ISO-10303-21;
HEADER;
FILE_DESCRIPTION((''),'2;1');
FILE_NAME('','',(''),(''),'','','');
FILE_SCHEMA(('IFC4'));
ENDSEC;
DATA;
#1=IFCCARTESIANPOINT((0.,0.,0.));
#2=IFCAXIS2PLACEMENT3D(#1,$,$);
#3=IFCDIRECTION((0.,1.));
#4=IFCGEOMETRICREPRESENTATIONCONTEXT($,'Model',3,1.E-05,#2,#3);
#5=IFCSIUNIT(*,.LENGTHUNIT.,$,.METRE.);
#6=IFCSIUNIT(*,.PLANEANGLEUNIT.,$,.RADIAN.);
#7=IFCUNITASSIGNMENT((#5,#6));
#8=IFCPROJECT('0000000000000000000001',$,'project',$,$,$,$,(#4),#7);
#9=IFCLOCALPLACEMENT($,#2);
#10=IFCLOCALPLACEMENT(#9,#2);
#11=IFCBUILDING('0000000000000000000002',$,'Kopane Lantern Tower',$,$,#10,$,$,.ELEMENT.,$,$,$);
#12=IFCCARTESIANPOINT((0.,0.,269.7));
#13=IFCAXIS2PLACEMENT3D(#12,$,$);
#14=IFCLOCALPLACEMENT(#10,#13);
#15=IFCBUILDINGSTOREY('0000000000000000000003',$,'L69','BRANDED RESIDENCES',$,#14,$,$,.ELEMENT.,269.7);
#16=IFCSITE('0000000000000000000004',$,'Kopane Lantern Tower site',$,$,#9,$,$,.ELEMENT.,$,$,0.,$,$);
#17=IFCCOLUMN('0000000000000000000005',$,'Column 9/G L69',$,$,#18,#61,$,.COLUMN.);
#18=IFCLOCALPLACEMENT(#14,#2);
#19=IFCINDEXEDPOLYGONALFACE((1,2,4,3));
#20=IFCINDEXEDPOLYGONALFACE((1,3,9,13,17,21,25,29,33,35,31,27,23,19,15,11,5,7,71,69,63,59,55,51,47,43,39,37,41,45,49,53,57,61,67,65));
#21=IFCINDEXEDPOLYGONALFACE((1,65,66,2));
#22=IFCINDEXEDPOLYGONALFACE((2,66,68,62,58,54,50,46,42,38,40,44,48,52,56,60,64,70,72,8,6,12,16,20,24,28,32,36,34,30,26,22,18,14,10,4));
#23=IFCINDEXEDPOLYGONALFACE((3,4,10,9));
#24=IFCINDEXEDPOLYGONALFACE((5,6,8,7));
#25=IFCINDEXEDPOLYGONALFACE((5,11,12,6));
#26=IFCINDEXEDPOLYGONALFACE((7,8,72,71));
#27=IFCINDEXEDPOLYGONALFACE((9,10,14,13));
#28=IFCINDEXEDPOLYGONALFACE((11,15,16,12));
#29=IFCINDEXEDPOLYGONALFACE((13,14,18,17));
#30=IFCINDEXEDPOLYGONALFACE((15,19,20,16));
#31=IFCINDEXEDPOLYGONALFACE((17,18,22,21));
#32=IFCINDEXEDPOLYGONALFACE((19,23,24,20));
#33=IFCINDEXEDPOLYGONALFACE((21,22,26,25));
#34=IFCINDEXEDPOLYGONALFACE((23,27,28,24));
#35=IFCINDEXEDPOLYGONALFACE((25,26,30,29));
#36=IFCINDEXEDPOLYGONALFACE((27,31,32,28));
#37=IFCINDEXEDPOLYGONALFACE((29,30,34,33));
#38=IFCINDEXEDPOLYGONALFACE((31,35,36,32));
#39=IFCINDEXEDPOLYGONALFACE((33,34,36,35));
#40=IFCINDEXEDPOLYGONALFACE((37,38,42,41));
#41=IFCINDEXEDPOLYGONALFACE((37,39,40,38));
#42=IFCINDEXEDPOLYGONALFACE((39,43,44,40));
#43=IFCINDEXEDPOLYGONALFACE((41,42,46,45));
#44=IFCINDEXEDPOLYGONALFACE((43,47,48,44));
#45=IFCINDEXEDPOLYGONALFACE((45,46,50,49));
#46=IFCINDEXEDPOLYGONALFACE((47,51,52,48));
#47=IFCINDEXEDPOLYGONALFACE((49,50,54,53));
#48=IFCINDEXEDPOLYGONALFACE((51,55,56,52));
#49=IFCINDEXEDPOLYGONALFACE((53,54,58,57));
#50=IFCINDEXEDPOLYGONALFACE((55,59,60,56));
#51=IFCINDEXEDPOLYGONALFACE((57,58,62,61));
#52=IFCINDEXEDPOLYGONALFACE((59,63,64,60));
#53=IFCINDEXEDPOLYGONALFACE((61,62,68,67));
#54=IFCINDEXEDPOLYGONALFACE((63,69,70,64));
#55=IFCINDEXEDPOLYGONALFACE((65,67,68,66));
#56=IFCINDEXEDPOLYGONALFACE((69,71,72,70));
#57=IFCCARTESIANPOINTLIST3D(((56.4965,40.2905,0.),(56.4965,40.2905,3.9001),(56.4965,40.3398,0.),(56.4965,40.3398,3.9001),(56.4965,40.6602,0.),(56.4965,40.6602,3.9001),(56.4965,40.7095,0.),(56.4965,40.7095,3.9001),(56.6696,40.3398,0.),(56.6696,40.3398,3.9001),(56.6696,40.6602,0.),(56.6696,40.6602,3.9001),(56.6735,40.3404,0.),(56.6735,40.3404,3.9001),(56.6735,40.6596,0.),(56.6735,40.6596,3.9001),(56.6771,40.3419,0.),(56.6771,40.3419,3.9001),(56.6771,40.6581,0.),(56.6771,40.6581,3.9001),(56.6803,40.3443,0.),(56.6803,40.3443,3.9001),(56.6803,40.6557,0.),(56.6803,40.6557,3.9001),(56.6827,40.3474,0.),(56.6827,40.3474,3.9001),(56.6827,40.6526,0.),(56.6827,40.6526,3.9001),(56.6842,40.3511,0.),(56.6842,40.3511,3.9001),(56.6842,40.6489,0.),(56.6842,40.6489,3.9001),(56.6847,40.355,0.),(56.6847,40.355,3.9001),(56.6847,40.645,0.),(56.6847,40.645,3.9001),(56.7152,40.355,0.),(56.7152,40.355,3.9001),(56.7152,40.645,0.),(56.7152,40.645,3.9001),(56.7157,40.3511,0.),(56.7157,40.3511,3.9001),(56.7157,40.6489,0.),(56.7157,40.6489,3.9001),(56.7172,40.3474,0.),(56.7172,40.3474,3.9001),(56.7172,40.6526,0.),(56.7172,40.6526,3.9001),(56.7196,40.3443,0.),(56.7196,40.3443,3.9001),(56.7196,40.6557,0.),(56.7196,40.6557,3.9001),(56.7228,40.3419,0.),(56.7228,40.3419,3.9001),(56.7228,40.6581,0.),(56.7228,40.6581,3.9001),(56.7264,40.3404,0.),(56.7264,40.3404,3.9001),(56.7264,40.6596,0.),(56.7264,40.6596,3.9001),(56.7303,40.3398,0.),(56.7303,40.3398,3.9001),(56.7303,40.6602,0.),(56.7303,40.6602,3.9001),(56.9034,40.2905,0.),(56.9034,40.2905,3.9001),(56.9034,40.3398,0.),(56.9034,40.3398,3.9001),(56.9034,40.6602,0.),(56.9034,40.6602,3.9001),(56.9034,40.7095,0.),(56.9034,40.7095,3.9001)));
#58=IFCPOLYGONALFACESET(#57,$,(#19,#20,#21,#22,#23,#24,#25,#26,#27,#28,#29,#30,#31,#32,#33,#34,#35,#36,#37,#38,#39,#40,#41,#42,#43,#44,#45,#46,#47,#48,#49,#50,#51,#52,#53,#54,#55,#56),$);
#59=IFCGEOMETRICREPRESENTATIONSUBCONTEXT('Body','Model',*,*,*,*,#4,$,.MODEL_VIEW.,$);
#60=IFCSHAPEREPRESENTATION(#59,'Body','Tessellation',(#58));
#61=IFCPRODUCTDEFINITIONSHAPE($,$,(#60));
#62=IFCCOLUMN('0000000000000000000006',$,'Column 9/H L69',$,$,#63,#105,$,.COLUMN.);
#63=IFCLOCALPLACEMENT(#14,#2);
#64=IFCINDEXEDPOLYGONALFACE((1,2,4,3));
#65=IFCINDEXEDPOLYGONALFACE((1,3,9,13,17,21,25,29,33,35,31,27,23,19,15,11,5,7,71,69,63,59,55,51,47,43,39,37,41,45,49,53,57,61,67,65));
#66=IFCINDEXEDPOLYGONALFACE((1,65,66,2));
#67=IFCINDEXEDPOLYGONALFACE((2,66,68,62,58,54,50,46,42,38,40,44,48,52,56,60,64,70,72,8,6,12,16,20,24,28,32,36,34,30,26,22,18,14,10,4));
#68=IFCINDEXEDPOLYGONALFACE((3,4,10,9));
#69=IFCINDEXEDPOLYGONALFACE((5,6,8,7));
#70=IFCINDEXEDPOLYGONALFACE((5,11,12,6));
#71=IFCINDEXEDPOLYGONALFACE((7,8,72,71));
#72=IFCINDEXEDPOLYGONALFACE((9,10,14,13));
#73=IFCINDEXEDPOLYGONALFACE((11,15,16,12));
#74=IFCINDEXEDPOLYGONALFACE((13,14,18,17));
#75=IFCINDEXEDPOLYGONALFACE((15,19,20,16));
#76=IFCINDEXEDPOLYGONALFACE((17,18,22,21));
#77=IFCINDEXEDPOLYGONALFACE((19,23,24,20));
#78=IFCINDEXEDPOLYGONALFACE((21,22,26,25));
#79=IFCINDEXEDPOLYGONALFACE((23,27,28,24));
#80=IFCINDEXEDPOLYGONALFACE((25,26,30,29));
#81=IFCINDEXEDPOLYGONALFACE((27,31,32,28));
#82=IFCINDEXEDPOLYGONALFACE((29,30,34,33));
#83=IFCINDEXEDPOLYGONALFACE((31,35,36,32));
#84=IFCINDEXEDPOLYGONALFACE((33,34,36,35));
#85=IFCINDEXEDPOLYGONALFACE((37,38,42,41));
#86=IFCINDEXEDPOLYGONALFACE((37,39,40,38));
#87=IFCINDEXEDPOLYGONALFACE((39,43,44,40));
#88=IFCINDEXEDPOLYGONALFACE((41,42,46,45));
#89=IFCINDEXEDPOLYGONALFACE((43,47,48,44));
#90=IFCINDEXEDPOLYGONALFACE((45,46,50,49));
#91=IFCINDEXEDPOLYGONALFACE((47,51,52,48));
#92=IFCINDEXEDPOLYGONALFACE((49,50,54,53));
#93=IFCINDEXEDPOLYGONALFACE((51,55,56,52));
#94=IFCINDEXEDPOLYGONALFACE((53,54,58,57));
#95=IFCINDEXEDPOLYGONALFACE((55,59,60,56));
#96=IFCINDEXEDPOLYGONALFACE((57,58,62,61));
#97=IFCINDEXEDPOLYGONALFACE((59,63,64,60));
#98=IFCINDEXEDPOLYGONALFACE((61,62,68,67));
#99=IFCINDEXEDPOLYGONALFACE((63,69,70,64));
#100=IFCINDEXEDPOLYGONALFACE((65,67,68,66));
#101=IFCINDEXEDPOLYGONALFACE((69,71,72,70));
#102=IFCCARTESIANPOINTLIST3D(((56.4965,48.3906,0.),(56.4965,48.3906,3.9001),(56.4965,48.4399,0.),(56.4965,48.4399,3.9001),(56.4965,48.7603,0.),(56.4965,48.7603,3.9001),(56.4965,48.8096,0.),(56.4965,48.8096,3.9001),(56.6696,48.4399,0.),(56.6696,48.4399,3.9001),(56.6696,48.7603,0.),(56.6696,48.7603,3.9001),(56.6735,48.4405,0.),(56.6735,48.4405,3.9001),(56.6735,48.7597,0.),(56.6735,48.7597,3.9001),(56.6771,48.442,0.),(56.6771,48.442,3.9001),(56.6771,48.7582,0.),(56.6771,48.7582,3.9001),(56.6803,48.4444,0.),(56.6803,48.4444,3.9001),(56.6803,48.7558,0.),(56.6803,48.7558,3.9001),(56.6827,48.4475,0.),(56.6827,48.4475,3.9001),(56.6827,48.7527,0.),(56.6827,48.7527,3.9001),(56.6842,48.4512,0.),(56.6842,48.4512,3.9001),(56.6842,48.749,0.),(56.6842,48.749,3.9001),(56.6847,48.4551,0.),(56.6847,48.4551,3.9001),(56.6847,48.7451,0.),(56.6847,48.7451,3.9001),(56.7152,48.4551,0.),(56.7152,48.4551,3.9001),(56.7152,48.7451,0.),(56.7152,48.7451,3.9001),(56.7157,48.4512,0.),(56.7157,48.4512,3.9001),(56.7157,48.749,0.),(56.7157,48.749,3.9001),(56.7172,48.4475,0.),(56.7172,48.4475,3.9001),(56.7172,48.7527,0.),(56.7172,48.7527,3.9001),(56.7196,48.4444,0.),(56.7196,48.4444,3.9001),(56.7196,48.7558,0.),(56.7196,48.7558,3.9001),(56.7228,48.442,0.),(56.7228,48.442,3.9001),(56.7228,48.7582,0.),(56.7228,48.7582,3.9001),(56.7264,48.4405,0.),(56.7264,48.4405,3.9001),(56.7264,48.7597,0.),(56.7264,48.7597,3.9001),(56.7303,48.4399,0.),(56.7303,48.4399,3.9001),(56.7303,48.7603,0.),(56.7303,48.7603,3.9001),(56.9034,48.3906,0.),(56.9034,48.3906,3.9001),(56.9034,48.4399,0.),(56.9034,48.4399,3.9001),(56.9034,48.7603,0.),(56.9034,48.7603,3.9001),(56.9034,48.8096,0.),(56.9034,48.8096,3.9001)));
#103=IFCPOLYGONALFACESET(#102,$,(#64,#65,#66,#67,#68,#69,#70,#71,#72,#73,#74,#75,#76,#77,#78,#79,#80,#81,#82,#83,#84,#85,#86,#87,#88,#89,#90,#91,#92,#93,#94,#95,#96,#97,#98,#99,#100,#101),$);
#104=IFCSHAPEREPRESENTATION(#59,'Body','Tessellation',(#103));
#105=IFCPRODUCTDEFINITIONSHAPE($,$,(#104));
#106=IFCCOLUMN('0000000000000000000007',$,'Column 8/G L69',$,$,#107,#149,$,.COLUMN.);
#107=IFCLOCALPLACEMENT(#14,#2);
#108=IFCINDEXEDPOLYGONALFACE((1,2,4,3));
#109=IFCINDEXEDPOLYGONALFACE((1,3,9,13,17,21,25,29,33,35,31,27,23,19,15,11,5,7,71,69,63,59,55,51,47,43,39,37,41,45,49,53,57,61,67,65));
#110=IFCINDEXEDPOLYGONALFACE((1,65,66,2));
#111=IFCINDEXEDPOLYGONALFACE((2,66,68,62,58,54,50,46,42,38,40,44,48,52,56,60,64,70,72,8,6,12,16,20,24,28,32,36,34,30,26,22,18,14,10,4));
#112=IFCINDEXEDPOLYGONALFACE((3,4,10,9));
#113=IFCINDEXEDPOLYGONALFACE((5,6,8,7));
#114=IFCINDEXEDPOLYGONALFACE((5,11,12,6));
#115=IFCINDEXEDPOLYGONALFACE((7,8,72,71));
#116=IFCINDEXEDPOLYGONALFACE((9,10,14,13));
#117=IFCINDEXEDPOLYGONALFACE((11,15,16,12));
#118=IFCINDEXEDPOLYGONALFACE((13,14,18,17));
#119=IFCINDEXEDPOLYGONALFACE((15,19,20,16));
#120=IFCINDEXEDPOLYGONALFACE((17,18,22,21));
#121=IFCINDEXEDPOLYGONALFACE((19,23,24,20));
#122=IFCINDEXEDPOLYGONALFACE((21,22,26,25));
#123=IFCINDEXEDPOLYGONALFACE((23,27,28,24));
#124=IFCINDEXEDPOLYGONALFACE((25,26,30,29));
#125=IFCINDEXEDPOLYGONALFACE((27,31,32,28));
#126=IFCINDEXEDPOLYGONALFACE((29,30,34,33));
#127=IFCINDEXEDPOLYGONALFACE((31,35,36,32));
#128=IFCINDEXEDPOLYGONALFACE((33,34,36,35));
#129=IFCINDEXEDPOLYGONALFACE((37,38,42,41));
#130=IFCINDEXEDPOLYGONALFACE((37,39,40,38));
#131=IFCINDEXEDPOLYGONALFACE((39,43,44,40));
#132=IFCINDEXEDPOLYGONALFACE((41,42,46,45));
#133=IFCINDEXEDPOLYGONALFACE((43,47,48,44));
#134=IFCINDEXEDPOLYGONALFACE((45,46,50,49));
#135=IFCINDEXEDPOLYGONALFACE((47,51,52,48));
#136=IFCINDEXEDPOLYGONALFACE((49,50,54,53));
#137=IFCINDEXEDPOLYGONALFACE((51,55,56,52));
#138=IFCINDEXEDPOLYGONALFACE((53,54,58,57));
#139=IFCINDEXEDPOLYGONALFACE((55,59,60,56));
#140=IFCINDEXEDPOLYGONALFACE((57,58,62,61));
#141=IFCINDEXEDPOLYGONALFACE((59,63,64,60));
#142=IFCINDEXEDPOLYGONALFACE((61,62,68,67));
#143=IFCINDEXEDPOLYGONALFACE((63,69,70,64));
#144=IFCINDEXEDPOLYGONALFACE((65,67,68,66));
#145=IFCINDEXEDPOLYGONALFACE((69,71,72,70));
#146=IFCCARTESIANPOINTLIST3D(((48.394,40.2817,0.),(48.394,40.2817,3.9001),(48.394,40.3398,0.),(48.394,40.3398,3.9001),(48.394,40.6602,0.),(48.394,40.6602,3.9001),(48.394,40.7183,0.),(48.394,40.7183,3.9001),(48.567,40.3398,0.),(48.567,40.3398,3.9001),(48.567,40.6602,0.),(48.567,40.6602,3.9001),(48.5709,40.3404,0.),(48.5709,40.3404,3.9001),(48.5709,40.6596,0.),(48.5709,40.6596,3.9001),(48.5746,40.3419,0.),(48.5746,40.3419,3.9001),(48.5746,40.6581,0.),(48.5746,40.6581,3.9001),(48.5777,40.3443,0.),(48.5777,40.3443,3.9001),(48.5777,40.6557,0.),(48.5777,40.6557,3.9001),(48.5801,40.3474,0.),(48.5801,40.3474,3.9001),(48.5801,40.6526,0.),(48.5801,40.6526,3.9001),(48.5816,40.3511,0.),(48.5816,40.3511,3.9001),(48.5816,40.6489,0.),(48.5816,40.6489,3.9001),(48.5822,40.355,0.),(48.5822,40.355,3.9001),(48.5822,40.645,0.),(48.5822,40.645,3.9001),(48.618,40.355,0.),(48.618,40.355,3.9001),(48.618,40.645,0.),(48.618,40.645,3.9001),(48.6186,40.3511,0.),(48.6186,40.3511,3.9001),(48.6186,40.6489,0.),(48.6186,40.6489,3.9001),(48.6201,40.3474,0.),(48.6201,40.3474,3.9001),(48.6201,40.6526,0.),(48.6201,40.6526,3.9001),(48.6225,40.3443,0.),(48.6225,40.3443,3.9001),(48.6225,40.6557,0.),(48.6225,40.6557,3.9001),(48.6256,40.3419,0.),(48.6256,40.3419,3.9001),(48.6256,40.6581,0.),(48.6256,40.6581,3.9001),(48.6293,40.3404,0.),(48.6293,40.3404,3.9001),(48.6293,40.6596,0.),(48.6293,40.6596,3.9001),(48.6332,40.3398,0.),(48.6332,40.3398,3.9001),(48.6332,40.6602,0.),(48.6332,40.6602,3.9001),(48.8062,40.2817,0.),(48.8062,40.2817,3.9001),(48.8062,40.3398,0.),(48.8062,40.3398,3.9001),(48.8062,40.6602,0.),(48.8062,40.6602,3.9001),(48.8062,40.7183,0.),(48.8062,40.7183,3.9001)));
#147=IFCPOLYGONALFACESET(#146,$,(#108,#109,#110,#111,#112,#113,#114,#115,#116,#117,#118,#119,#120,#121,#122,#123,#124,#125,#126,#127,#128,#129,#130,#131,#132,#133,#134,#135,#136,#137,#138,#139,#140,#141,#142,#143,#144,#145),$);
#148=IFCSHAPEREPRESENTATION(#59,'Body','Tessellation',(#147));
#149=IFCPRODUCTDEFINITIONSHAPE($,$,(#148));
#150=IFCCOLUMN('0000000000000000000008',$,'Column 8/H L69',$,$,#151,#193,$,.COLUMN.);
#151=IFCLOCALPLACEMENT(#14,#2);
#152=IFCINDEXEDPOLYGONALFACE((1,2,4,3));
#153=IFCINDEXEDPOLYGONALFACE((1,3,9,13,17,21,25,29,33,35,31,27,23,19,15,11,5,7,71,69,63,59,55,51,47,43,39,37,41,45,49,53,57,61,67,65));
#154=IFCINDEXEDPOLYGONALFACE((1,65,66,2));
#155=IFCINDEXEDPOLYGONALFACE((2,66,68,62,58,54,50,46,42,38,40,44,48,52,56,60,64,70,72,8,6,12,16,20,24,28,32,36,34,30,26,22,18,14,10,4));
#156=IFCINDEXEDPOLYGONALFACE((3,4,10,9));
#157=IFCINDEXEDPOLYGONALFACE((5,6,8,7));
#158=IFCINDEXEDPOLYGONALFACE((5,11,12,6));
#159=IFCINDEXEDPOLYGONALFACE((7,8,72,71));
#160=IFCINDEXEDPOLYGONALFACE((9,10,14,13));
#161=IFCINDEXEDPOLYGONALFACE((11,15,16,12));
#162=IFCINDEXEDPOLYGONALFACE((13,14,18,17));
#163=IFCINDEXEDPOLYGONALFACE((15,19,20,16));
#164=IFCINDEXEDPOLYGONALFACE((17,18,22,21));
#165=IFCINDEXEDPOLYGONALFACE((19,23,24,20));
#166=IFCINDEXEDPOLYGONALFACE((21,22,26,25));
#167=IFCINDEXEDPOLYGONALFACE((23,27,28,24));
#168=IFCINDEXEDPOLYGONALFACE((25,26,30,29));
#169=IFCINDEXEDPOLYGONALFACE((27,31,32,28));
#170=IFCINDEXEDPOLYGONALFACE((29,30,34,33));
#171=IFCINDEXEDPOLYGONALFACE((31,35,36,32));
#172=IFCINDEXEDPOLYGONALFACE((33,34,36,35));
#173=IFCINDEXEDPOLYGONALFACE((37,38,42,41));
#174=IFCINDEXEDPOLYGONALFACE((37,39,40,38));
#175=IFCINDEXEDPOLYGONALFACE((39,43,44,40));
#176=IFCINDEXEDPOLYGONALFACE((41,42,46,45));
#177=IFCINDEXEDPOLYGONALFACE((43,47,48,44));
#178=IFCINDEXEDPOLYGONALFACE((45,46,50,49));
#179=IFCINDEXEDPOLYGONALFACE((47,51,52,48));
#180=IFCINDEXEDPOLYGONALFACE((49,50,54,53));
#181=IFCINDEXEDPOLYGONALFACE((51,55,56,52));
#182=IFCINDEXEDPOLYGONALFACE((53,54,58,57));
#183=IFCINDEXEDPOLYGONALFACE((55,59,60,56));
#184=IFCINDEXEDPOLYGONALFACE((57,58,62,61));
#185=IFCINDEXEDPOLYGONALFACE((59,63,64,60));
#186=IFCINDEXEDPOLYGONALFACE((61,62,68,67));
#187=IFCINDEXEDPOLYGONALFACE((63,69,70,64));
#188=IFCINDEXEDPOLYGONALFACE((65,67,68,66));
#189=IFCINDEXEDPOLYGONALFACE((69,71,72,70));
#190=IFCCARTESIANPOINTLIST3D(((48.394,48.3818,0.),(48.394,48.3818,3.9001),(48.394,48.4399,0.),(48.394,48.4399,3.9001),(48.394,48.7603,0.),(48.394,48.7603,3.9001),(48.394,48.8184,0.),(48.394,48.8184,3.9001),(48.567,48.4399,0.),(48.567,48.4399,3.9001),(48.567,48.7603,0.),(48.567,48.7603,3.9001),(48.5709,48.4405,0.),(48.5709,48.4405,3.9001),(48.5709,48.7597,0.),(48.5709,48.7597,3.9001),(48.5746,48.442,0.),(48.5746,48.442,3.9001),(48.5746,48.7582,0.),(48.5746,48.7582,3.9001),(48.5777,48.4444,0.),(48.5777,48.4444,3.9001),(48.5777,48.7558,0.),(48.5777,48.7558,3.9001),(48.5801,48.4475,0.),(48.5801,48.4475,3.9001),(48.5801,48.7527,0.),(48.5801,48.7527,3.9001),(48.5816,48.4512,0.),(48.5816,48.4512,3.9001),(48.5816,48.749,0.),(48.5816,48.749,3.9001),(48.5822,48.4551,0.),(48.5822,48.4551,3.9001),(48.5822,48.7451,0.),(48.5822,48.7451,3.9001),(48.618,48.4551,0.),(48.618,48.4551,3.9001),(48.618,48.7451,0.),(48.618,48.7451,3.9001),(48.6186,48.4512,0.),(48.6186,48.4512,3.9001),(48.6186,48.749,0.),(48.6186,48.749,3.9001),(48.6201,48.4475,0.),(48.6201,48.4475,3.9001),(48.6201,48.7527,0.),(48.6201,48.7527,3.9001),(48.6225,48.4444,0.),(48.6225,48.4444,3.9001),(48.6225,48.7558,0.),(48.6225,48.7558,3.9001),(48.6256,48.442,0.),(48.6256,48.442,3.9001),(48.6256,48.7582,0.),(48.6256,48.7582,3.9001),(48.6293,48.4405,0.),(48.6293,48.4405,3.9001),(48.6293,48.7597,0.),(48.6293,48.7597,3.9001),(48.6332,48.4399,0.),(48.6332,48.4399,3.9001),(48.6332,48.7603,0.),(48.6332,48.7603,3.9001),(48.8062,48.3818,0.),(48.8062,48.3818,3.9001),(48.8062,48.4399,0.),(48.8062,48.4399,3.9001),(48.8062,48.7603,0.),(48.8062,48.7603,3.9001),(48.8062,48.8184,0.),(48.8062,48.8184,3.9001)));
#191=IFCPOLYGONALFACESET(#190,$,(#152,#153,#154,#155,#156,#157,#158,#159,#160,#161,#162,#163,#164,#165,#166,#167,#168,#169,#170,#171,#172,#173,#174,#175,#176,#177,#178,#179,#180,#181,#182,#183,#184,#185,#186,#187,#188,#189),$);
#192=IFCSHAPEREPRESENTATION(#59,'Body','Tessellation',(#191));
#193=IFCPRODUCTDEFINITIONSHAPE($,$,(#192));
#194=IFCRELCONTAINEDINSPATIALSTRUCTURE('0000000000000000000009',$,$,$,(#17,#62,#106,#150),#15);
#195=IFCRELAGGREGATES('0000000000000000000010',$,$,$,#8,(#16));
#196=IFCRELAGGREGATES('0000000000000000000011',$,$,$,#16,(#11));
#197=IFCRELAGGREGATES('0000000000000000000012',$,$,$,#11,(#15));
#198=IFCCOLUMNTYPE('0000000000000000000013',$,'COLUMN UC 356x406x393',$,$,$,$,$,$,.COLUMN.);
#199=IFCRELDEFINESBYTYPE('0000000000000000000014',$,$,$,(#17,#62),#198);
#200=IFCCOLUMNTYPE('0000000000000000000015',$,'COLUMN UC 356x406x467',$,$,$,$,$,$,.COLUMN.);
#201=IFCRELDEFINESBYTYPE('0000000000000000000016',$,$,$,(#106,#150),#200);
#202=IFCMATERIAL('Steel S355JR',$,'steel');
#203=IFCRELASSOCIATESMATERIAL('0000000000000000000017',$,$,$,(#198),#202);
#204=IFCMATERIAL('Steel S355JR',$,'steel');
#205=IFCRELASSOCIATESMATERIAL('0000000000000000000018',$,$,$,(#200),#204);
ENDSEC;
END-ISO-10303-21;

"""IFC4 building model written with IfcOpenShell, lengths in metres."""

from ifc_helpers import new_model, si_unit, direction, frame, origin, origin_2d, place, context, subcontext, project, spatial, i_section, extrude, material, material_profile, profile_set, type_object, element, save


model = new_model("IFC4")

# Units and contexts
model_context = context("Model", 3, precision=1e-05, world=origin(), true_north=direction((0.0, 1.0)))
body_context = subcontext(model_context, "Body", "Model", "MODEL_VIEW")
ifc_project = project(units=[si_unit("LENGTHUNIT", "METRE"), si_unit("PLANEANGLEUNIT", "RADIAN")], contexts=[model_context])

# Site, building, storey
site_placement = place(None, origin())
site = spatial("IfcSite", under=ifc_project, at=site_placement, Name="Kopane Lantern Tower site", CompositionType="ELEMENT", RefElevation=0.0)
building_placement = place(site_placement, origin())
building = spatial("IfcBuilding", under=site, at=building_placement, Name="Kopane Lantern Tower", CompositionType="ELEMENT")
storey_placement = place(building_placement, frame((0.0, 0.0, 269.7)))
storey = spatial("IfcBuildingStorey", under=building, at=storey_placement, Name="L69", Description="BRANDED RESIDENCES", CompositionType="ELEMENT", Elevation=269.7)

# Columns
ifc_material_1 = material(Name="Steel S355JR", Category="steel")
ifc_material_profile_1 = material_profile(ifc_material_1, i_section(OverallWidth=0.407, OverallDepth=0.4189, WebThickness=0.0305, FlangeThickness=0.0493, FilletRadius=0.0151, at=origin_2d()), Name="UC 356x406x393")
ifc_profile_set_1 = profile_set([ifc_material_profile_1], Name="Steel S355JR")
column_type_1 = type_object("IfcColumnType", Name="COLUMN UC 356x406x393", PredefinedType="COLUMN", material=ifc_profile_set_1)
for number, where, z_axis, x_axis, name in (
    (1, (56.7, 40.5, 0.0), (0.0, 0.0, 1.0), (1.0, 0.0, 0.0), "Column 9/G L69"),
    (2, (56.7, 48.6001, 0.0), (0.0, 0.0, 1.0), (1.0, 0.0, 0.0), "Column 9/H L69"),
):
    element("IfcColumn", number, at=place(storey_placement, frame(where, z_axis=z_axis, x_axis=x_axis)), inside=storey, type_object=column_type_1, Name=name, PredefinedType="COLUMN", context=body_context, shape_type="SweptSolid", body=[
        extrude(i_section(OverallWidth=0.407, OverallDepth=0.4189, WebThickness=0.0305, FlangeThickness=0.0493, FilletRadius=0.0151, at=origin_2d()), origin(), (0.0, 0.0, 1.0), 3.9001),
    ])
ifc_material_2 = material(Name="Steel S355JR", Category="steel")
ifc_material_profile_2 = material_profile(ifc_material_2, i_section(OverallWidth=0.4121, OverallDepth=0.4365, WebThickness=0.0359, FlangeThickness=0.0581, FilletRadius=0.0151, at=origin_2d()), Name="UC 356x406x467")
ifc_profile_set_2 = profile_set([ifc_material_profile_2], Name="Steel S355JR")
column_type_2 = type_object("IfcColumnType", Name="COLUMN UC 356x406x467", PredefinedType="COLUMN", material=ifc_profile_set_2)
for number, where, z_axis, x_axis, name in (
    (3, (48.6001, 40.5, 0.0), (0.0, 0.0, 1.0), (1.0, 0.0, 0.0), "Column 8/G L69"),
    (4, (48.6001, 48.6001, 0.0), (0.0, 0.0, 1.0), (1.0, 0.0, 0.0), "Column 8/H L69"),
):
    element("IfcColumn", number, at=place(storey_placement, frame(where, z_axis=z_axis, x_axis=x_axis)), inside=storey, type_object=column_type_2, Name=name, PredefinedType="COLUMN", context=body_context, shape_type="SweptSolid", body=[
        extrude(i_section(OverallWidth=0.4121, OverallDepth=0.4365, WebThickness=0.0359, FlangeThickness=0.0581, FilletRadius=0.0151, at=origin_2d()), origin(), (0.0, 0.0, 1.0), 3.9001),
    ])

save(model, "model.ifc")
